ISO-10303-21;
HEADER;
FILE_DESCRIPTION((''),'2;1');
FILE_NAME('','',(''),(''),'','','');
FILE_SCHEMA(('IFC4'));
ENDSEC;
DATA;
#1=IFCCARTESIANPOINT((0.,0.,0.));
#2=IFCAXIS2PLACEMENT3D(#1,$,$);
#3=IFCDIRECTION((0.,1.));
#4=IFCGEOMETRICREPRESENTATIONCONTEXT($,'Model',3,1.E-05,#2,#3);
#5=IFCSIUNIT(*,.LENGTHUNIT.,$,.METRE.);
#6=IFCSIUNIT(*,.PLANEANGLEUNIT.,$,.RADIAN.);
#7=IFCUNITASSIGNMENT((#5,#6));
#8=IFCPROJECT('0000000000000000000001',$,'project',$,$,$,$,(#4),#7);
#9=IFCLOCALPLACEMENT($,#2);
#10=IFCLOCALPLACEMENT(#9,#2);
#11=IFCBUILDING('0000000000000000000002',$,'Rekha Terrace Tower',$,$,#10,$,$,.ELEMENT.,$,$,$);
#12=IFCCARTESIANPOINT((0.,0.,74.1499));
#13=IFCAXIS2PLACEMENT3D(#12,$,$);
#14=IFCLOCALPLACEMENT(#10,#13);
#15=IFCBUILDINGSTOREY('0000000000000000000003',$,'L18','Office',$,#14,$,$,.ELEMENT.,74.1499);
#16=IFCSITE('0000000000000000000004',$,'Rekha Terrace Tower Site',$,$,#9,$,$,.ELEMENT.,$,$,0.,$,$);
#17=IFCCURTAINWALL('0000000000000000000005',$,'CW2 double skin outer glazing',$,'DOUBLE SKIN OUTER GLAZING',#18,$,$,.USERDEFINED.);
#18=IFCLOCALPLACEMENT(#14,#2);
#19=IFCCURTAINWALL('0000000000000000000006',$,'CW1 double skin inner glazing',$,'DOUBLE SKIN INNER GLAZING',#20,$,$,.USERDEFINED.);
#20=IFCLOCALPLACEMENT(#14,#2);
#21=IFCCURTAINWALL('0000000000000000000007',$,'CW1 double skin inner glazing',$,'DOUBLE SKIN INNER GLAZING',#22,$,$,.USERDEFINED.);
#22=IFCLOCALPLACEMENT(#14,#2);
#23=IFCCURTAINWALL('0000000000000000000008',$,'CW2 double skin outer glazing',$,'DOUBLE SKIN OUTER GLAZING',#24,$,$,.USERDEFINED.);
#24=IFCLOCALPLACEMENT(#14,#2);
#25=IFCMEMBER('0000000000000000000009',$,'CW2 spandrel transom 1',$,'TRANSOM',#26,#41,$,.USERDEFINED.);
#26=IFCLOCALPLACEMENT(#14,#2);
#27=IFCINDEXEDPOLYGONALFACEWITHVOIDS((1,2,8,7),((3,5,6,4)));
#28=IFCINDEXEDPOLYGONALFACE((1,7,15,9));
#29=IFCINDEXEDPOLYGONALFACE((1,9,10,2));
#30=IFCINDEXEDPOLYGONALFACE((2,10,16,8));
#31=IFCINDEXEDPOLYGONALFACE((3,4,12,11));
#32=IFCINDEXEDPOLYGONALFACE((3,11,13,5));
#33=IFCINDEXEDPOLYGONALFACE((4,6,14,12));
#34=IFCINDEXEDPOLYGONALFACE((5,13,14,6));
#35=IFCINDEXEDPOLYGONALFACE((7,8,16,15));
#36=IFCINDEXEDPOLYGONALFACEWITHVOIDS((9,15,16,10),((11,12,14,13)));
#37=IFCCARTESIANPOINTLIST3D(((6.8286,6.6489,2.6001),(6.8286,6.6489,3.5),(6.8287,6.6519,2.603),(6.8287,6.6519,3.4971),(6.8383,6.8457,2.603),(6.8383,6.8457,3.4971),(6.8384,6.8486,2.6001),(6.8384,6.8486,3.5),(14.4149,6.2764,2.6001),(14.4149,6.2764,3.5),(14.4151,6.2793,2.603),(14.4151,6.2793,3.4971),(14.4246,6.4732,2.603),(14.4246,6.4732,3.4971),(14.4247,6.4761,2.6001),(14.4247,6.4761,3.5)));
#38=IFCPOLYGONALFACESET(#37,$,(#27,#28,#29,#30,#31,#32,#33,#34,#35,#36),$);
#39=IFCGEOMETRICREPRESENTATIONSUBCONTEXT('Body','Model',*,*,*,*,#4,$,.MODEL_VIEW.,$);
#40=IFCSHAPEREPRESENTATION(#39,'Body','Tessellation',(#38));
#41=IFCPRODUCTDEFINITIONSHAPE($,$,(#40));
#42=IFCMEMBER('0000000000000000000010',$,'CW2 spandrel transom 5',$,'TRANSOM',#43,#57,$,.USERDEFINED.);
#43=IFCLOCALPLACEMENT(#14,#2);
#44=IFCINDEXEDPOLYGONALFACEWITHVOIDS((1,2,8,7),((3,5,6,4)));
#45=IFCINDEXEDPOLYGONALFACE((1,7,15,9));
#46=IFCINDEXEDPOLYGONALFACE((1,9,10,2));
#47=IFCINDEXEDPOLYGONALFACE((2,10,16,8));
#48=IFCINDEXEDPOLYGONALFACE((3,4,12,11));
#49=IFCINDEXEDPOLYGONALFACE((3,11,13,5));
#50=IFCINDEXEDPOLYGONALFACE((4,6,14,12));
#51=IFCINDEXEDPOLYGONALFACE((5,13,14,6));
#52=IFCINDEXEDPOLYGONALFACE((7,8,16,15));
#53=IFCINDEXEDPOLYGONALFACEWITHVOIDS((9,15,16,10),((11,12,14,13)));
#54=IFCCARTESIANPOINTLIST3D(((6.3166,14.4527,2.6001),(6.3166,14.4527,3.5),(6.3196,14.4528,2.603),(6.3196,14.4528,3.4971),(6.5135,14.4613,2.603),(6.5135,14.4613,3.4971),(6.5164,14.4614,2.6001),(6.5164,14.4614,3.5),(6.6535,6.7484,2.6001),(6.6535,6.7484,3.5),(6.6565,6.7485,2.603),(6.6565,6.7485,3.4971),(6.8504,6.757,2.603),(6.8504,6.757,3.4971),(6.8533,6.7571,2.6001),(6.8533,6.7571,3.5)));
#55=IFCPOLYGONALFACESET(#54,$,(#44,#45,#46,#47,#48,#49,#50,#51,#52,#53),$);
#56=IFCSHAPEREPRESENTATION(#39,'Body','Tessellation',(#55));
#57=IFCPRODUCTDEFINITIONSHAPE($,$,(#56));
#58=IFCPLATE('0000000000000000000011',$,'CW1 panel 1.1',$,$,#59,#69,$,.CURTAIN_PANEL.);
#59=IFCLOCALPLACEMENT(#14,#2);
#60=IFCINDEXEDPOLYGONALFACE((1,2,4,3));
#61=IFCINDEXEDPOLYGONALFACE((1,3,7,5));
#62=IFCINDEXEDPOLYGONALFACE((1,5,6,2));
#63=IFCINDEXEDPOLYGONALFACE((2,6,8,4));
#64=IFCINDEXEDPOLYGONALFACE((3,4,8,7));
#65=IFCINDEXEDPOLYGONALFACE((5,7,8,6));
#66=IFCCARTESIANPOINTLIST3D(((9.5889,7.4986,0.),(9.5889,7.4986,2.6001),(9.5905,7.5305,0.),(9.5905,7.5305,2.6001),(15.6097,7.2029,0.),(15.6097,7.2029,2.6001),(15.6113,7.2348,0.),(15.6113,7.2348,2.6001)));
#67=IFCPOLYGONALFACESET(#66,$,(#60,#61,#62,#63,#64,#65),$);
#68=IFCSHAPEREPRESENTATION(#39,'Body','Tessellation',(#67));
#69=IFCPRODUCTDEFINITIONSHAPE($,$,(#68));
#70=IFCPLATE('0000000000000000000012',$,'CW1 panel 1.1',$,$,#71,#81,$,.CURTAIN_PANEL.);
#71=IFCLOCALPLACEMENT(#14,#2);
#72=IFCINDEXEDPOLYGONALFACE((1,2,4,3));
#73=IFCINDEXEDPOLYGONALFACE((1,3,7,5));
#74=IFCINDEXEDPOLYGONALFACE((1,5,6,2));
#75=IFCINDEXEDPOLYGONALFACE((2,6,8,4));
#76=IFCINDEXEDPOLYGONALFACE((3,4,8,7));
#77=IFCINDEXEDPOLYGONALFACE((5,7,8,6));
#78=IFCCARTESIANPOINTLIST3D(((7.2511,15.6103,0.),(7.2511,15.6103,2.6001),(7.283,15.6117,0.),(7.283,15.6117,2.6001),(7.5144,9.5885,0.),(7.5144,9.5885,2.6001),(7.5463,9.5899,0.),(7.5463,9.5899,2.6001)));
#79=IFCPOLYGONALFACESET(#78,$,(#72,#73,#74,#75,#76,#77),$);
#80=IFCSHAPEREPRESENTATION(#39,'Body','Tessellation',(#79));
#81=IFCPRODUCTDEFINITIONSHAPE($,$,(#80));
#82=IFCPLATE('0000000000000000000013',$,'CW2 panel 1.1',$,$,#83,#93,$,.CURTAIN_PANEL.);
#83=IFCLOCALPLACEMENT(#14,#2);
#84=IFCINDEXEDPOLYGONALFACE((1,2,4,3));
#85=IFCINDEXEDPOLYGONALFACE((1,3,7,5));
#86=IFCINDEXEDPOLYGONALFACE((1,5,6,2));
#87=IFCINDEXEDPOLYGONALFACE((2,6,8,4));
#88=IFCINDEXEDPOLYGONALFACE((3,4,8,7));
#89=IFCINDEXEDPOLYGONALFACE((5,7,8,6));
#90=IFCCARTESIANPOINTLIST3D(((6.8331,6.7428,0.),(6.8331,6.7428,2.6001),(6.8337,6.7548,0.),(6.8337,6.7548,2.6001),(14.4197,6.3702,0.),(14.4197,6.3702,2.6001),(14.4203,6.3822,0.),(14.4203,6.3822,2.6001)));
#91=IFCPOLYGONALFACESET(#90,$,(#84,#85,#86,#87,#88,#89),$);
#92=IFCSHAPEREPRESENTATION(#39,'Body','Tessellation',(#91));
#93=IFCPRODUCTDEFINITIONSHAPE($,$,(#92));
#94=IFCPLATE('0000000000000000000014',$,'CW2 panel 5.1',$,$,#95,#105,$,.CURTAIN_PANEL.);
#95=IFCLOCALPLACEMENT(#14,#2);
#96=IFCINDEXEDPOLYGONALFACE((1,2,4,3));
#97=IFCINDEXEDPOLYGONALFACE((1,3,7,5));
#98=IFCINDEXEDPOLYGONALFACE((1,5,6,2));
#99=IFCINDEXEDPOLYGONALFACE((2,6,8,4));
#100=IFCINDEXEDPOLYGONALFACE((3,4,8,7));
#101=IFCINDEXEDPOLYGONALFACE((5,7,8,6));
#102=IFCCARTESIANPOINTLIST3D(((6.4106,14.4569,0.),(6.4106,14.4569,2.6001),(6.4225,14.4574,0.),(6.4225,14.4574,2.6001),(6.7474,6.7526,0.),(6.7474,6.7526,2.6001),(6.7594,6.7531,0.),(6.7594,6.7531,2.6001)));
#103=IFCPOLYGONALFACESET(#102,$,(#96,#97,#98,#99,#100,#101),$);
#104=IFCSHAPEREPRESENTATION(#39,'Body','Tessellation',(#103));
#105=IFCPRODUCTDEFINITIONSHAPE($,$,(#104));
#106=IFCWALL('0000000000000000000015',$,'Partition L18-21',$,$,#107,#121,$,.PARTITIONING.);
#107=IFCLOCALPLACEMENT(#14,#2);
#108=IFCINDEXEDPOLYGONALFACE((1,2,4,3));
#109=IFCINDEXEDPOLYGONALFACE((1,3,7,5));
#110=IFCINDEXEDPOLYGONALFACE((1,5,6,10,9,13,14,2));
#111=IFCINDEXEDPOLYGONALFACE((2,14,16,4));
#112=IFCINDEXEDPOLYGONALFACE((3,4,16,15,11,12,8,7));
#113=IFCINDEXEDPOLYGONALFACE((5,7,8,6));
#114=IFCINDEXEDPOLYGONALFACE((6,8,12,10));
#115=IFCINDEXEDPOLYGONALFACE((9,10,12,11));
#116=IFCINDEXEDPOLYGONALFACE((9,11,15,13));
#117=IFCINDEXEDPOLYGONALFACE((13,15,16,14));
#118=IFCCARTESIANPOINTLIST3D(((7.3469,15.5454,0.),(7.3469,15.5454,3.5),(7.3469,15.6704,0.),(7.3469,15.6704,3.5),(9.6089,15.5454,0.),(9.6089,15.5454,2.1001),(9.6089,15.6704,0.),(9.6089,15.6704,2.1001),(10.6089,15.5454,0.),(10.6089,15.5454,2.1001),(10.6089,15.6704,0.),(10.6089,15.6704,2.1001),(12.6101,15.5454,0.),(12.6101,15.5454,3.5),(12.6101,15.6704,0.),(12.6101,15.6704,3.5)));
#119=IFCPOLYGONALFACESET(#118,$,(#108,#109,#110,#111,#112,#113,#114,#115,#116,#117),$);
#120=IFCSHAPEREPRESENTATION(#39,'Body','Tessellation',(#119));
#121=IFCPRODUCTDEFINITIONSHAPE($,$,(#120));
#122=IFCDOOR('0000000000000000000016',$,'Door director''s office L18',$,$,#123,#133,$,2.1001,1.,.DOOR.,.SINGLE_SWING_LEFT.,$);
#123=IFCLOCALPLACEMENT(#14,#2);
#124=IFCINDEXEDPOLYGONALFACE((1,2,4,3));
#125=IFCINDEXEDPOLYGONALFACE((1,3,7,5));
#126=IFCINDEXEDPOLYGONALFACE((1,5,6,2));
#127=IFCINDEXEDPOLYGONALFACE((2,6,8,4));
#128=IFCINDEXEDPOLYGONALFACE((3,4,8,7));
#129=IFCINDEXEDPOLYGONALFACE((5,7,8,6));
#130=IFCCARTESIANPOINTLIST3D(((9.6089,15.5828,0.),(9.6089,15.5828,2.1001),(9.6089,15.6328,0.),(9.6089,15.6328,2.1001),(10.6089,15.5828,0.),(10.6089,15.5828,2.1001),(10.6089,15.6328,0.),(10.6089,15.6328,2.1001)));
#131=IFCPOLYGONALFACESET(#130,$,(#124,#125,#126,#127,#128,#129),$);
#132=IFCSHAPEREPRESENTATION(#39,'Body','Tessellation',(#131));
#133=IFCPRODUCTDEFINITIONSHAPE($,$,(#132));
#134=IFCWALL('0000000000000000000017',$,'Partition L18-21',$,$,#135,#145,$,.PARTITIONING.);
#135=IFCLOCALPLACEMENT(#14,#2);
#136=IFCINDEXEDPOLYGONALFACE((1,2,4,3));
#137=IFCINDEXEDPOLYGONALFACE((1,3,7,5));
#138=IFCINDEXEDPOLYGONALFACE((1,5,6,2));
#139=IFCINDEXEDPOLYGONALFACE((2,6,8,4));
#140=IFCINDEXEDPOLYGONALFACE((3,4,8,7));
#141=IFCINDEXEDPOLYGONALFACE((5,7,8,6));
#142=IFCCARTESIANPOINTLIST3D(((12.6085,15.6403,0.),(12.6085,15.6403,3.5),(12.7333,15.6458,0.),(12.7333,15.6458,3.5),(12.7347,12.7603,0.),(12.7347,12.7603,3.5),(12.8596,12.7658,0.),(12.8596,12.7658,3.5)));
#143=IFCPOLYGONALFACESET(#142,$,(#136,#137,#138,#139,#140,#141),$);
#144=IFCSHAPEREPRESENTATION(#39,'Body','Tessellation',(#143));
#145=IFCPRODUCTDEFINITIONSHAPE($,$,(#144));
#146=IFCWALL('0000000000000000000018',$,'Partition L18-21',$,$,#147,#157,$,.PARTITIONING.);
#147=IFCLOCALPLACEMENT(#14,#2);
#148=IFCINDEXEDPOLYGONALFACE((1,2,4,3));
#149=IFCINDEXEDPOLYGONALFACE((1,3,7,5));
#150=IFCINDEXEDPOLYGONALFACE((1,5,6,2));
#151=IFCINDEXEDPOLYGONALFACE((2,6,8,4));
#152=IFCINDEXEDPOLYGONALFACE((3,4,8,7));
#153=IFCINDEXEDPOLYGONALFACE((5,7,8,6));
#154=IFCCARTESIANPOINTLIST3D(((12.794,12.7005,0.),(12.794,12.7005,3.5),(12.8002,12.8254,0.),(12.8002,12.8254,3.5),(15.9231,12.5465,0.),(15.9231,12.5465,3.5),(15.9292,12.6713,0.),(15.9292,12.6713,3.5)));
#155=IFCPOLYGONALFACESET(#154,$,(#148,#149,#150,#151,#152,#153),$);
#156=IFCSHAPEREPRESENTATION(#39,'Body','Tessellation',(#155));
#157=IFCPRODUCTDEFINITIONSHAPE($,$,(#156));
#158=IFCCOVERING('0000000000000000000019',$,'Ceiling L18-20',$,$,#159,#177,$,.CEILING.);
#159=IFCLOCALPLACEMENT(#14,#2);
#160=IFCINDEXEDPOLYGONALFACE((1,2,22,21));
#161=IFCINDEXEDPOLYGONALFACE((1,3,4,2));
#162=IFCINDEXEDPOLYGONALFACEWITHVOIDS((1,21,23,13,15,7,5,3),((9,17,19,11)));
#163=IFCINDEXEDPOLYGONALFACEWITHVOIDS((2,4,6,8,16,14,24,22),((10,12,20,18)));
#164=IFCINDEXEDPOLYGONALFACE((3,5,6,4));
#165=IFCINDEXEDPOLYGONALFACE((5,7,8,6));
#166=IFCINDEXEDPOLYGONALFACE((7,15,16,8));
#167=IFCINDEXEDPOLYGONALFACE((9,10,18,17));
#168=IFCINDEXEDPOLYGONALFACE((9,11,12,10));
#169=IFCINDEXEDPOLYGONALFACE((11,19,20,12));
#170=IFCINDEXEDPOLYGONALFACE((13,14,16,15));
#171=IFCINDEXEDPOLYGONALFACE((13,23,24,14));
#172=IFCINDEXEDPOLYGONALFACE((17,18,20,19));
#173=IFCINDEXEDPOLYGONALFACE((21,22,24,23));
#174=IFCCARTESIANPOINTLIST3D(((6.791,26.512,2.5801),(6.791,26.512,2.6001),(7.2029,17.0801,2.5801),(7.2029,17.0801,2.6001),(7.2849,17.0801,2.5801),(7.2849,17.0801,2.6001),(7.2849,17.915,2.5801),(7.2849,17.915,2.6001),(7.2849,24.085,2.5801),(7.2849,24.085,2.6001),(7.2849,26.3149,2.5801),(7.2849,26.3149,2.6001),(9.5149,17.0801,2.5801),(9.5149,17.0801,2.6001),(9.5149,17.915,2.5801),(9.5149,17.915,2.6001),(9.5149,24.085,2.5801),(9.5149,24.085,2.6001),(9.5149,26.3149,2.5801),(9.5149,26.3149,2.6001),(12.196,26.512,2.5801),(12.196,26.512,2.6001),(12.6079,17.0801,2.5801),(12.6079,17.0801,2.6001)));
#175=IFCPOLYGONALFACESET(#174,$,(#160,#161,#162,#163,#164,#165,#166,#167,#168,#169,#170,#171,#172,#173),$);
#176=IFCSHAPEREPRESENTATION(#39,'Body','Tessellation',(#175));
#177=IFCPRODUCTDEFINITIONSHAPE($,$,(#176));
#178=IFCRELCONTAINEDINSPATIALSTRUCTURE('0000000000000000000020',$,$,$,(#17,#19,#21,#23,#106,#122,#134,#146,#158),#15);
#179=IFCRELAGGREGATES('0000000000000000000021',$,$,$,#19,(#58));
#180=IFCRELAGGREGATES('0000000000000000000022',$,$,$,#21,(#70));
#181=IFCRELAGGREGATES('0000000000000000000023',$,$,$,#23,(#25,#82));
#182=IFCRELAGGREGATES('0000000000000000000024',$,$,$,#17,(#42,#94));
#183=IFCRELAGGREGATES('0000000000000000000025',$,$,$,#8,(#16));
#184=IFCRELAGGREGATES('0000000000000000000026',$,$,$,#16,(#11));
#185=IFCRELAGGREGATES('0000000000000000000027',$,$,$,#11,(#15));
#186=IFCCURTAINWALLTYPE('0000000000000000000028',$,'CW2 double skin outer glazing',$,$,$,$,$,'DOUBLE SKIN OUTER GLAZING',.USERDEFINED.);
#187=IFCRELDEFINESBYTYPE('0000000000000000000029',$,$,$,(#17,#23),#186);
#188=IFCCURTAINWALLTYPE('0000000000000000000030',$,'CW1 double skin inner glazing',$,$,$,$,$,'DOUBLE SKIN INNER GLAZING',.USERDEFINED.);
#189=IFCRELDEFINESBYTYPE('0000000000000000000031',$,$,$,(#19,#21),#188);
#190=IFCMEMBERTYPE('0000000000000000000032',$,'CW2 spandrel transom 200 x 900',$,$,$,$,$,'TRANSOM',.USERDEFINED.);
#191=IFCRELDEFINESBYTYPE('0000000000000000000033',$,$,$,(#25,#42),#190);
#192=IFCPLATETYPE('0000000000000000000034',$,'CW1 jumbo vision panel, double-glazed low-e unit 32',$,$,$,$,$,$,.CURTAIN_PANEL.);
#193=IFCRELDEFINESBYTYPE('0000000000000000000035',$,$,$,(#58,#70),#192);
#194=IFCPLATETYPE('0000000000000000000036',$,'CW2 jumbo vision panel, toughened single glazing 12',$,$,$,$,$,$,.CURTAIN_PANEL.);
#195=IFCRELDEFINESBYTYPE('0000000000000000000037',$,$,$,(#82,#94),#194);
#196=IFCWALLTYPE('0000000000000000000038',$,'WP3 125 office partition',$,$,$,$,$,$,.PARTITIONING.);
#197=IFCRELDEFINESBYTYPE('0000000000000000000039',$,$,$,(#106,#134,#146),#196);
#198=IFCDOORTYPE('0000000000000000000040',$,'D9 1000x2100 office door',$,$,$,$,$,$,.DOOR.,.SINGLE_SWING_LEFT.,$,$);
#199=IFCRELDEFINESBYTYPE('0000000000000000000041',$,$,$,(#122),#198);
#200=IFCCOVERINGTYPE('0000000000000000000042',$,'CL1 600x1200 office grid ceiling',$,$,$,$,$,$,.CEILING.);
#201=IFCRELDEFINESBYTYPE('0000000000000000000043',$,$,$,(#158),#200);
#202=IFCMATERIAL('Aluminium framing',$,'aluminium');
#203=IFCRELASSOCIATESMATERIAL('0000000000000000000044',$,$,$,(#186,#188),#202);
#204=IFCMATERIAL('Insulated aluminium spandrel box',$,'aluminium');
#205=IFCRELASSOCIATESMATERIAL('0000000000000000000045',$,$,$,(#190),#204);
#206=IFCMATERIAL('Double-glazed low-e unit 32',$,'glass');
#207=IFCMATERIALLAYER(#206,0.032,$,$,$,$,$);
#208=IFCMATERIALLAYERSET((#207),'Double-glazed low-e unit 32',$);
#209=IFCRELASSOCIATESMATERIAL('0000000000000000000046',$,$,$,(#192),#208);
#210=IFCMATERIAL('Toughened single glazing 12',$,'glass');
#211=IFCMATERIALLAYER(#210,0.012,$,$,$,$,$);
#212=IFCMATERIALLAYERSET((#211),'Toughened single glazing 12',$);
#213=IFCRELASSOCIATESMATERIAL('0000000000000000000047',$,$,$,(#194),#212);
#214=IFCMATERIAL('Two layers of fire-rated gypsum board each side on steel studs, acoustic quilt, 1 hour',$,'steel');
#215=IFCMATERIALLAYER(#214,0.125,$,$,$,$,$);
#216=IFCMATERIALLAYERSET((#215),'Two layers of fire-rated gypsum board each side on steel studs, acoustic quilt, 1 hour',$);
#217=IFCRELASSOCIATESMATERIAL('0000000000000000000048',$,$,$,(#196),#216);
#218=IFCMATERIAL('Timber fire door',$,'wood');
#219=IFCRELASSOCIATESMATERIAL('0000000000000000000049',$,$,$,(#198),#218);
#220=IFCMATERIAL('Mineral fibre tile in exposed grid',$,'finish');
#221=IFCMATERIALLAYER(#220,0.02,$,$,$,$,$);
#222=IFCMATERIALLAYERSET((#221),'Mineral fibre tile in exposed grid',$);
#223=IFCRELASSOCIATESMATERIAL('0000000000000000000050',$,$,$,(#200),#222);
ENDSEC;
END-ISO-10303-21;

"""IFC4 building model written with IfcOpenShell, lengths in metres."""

from ifc_helpers import new_model, si_unit, direction, frame, frame_2d, origin, origin_2d, place, context, subcontext, project, spatial, polyline, rectangle, hollow_rectangle, outline, extrude, material, layer, layer_set, material_profile, profile_set, type_object, element, fill, aggregate, save


model = new_model("IFC4")

# Units and contexts
model_context = context("Model", 3, precision=1e-05, world=origin(), true_north=direction((0.0, 1.0)))
body_context = subcontext(model_context, "Body", "Model", "MODEL_VIEW")
ifc_project = project(units=[si_unit("LENGTHUNIT", "METRE"), si_unit("PLANEANGLEUNIT", "RADIAN")], contexts=[model_context])

# Site, building, storey
site_placement = place(None, origin())
site = spatial("IfcSite", under=ifc_project, at=site_placement, Name="Rekha Terrace Tower Site", CompositionType="ELEMENT", RefElevation=0.0)
building_placement = place(site_placement, origin())
building = spatial("IfcBuilding", under=site, at=building_placement, Name="Rekha Terrace Tower", CompositionType="ELEMENT")
storey_placement = place(building_placement, frame((0.0, 0.0, 74.1499)))
storey = spatial("IfcBuildingStorey", under=building, at=storey_placement, Name="L18", Description="Office", CompositionType="ELEMENT", Elevation=74.1499)

# Curtain walls
ifc_material_1 = material(Name="Aluminium framing", Category="aluminium")
curtain_wall_type_1 = type_object("IfcCurtainWallType", Name="CW2 double skin outer glazing", ElementType="DOUBLE SKIN OUTER GLAZING", PredefinedType="USERDEFINED", material=ifc_material_1)
curtain_wall_1_placement = place(storey_placement, origin())
curtain_wall_1 = element("IfcCurtainWall", 1, at=curtain_wall_1_placement, inside=storey, type_object=curtain_wall_type_1, Name="CW2 double skin outer glazing", ObjectType="DOUBLE SKIN OUTER GLAZING", PredefinedType="USERDEFINED")
curtain_wall_type_2 = type_object("IfcCurtainWallType", Name="CW1 double skin inner glazing", ElementType="DOUBLE SKIN INNER GLAZING", PredefinedType="USERDEFINED", material=ifc_material_1)
curtain_wall_2_placement = place(storey_placement, origin())
curtain_wall_2 = element("IfcCurtainWall", 2, at=curtain_wall_2_placement, inside=storey, type_object=curtain_wall_type_2, Name="CW1 double skin inner glazing", ObjectType="DOUBLE SKIN INNER GLAZING", PredefinedType="USERDEFINED")

# Curtain wall
curtain_wall_3_placement = place(storey_placement, origin())
curtain_wall_3 = element("IfcCurtainWall", 3, at=curtain_wall_3_placement, inside=storey, type_object=curtain_wall_type_2, Name="CW1 double skin inner glazing", ObjectType="DOUBLE SKIN INNER GLAZING", PredefinedType="USERDEFINED")

# Shared definitions
ifc_material_2 = material(Name="Insulated aluminium spandrel box", Category="aluminium")

# Curtain wall
curtain_wall_4_placement = place(storey_placement, origin())
curtain_wall_4 = element("IfcCurtainWall", 4, at=curtain_wall_4_placement, inside=storey, type_object=curtain_wall_type_1, Name="CW2 double skin outer glazing", ObjectType="DOUBLE SKIN OUTER GLAZING", PredefinedType="USERDEFINED")

# Members
ifc_material_profile_1 = material_profile(ifc_material_2, hollow_rectangle(XDim=0.2, YDim=0.8999, WallThickness=0.0029, at=origin_2d()), Name="AL SPANDREL BOX 200x900")
ifc_profile_set_1 = profile_set([ifc_material_profile_1], Name="Insulated aluminium spandrel box")
member_type_1 = type_object("IfcMemberType", Name="CW2 spandrel transom 200 x 900", ElementType="TRANSOM", PredefinedType="USERDEFINED", material=ifc_profile_set_1)
member_1_placement = place(storey_placement, frame((6.8335, 6.7488, 3.05), z_axis=(0.998796, -0.049049, 0.0), x_axis=(0.049049, 0.998796, 0.0)))
member_1 = element("IfcMember", 5, at=member_1_placement, type_object=member_type_1, Name="CW2 spandrel transom 1", ObjectType="TRANSOM", PredefinedType="USERDEFINED", context=body_context, shape_type="SweptSolid", body=[
    extrude(hollow_rectangle(XDim=0.2, YDim=0.8999, WallThickness=0.0029, at=origin_2d()), origin(), (0.0, 0.0, 1.0), 7.5955),
])
member_2_placement = place(storey_placement, frame((6.4165, 14.457, 3.05), z_axis=(0.043689, -0.999045, 0.0), x_axis=(0.999045, 0.043689, 0.0)))
member_2 = element("IfcMember", 6, at=member_2_placement, type_object=member_type_1, Name="CW2 spandrel transom 5", ObjectType="TRANSOM", PredefinedType="USERDEFINED", context=body_context, shape_type="SweptSolid", body=[
    extrude(hollow_rectangle(XDim=0.2, YDim=0.8999, WallThickness=0.0029, at=origin_2d()), origin(), (0.0, 0.0, 1.0), 7.7117),
])

# Plates
ifc_material_3 = material(Name="Double-glazed low-e unit 32", Category="glass")
ifc_layer_1 = layer(ifc_material_3, 0.032)
ifc_layer_set_1 = layer_set([ifc_layer_1], Name="Double-glazed low-e unit 32")
plate_type_1 = type_object("IfcPlateType", Name="CW1 jumbo vision panel, double-glazed low-e unit 32", PredefinedType="CURTAIN_PANEL", material=ifc_layer_set_1)
plate_1_placement = place(storey_placement, frame((12.6001, 7.3667, 0.0), z_axis=(0.0, 0.0, 1.0), x_axis=(0.998796, -0.049052, 0.0)))
plate_1 = element("IfcPlate", 7, at=plate_1_placement, type_object=plate_type_1, Name="CW1 panel 1.1", PredefinedType="CURTAIN_PANEL", context=body_context, shape_type="SweptSolid", body=[
    extrude(rectangle(XDim=6.0281, YDim=0.032, at=origin_2d()), origin(), (0.0, 0.0, 1.0), 2.6001),
])
aggregate(curtain_wall_2, [plate_1])
plate_2_placement = place(storey_placement, frame((7.3987, 12.6001, 0.0), z_axis=(0.0, 0.0, 1.0), x_axis=(0.043683, -0.999045, 0.0)))
plate_2 = element("IfcPlate", 8, at=plate_2_placement, type_object=plate_type_1, Name="CW1 panel 1.1", PredefinedType="CURTAIN_PANEL", context=body_context, shape_type="SweptSolid", body=[
    extrude(rectangle(XDim=6.0276, YDim=0.032, at=origin_2d()), origin(), (0.0, 0.0, 1.0), 2.6001),
])
aggregate(curtain_wall_3, [plate_2])
ifc_material_4 = material(Name="Toughened single glazing 12", Category="glass")
ifc_layer_2 = layer(ifc_material_4, 0.012)
ifc_layer_set_2 = layer_set([ifc_layer_2], Name="Toughened single glazing 12")
plate_type_2 = type_object("IfcPlateType", Name="CW2 jumbo vision panel, toughened single glazing 12", PredefinedType="CURTAIN_PANEL", material=ifc_layer_set_2)
plate_3_placement = place(storey_placement, frame((10.6267, 6.5625, 0.0), z_axis=(0.0, 0.0, 1.0), x_axis=(0.998796, -0.049052, 0.0)))
plate_3 = element("IfcPlate", 9, at=plate_3_placement, type_object=plate_type_2, Name="CW2 panel 1.1", PredefinedType="CURTAIN_PANEL", context=body_context, shape_type="SweptSolid", body=[
    extrude(rectangle(XDim=7.5957, YDim=0.012, at=origin_2d()), origin(), (0.0, 0.0, 1.0), 2.6001),
])
aggregate(curtain_wall_4, [member_1, plate_3])
plate_4_placement = place(storey_placement, frame((6.585, 10.605, 0.0), z_axis=(0.0, 0.0, 1.0), x_axis=(0.043683, -0.999045, 0.0)))
plate_4 = element("IfcPlate", 10, at=plate_4_placement, type_object=plate_type_2, Name="CW2 panel 5.1", PredefinedType="CURTAIN_PANEL", context=body_context, shape_type="SweptSolid", body=[
    extrude(rectangle(XDim=7.7117, YDim=0.012, at=origin_2d()), origin(), (0.0, 0.0, 1.0), 2.6001),
])
aggregate(curtain_wall_1, [member_2, plate_4])

# Wall, opening, door
ifc_material_5 = material(Name="Two layers of fire-rated gypsum board each side on steel studs, acoustic quilt, 1 hour", Category="steel")
ifc_layer_3 = layer(ifc_material_5, 0.125)
ifc_layer_set_3 = layer_set([ifc_layer_3], Name="Two layers of fire-rated gypsum board each side on steel studs, acoustic quilt, 1 hour")
wall_type = type_object("IfcWallType", Name="WP3 125 office partition", PredefinedType="PARTITIONING", material=ifc_layer_set_3)
wall_1_placement = place(storey_placement, frame((7.3469, 15.6079, 0.0), z_axis=(0.0, 0.0, 1.0), x_axis=(1.0, 0.0, 0.0)))
wall_1 = element("IfcWall", 11, at=wall_1_placement, inside=storey, type_object=wall_type, Name="Partition L18-21", PredefinedType="PARTITIONING", context=body_context, shape_type="SweptSolid", body=[
    extrude(rectangle(XDim=5.2632, YDim=0.125, at=frame_2d((2.6316, 0.0))), origin(), (0.0, 0.0, 1.0), 3.5),
])
opening_placement = place(wall_1_placement, frame((2.262, 0.0, 0.0)))
opening = element("IfcOpeningElement", 12, at=opening_placement, cuts=wall_1, PredefinedType="OPENING", context=body_context, shape_type="SweptSolid", body=[
    extrude(rectangle(XDim=1.0, YDim=2.1001, at=frame_2d((0.5, 1.05))), frame((0.0, 0.0725, 0.0), z_axis=(0.0, -1.0, 0.0), x_axis=(1.0, 0.0, 0.0)), (0.0, 0.0, 1.0), 0.145),
])
ifc_material_6 = material(Name="Timber fire door", Category="wood")
door_type = type_object("IfcDoorType", Name="D9 1000x2100 office door", OperationType="SINGLE_SWING_LEFT", PredefinedType="DOOR", material=ifc_material_6)
door_placement = place(opening_placement, origin())
door = element("IfcDoor", 13, at=door_placement, inside=storey, type_object=door_type, Name="Door director's office L18", OperationType="SINGLE_SWING_LEFT", OverallHeight=2.1001, OverallWidth=1.0, PredefinedType="DOOR", context=body_context, shape_type="SweptSolid", body=[
    extrude(rectangle(XDim=1.0, YDim=2.1001, at=frame_2d((0.5, 1.05))), frame((0.0, 0.0249, 0.0), z_axis=(0.0, -1.0, 0.0), x_axis=(1.0, 0.0, 0.0)), (0.0, 0.0, 1.0), 0.05),
])
fill(opening, door)

# Walls
wall_2_placement = place(storey_placement, frame((12.6709, 15.6431, 0.0), z_axis=(0.0, 0.0, 1.0), x_axis=(0.043783, -0.999041, 0.0)))
element("IfcWall", 14, at=wall_2_placement, inside=storey, type_object=wall_type, Name="Partition L18-21", PredefinedType="PARTITIONING", context=body_context, shape_type="SweptSolid", body=[
    extrude(rectangle(XDim=2.8828, YDim=0.125, at=frame_2d((1.4414, 0.0))), origin(), (0.0, 0.0, 1.0), 3.5),
])
wall_3_placement = place(storey_placement, frame((12.7971, 12.7629, 0.0), z_axis=(0.0, 0.0, 1.0), x_axis=(0.99879, -0.049176, 0.0)))
element("IfcWall", 15, at=wall_3_placement, inside=storey, type_object=wall_type, Name="Partition L18-21", PredefinedType="PARTITIONING", context=body_context, shape_type="SweptSolid", body=[
    extrude(rectangle(XDim=3.1328, YDim=0.125, at=frame_2d((1.5664, 0.0))), origin(), (0.0, 0.0, 1.0), 3.5),
])

# Covering
ifc_material_7 = material(Name="Mineral fibre tile in exposed grid", Category="finish")
ifc_layer_4 = layer(ifc_material_7, 0.02)
ifc_layer_set_4 = layer_set([ifc_layer_4], Name="Mineral fibre tile in exposed grid")
covering_type_1 = type_object("IfcCoveringType", Name="CL1 600x1200 office grid ceiling", PredefinedType="CEILING", material=ifc_layer_set_4)
covering_1_placement = place(storey_placement, frame((0.0, 0.0, 2.5801)))
element("IfcCovering", 16, at=covering_1_placement, inside=storey, type_object=covering_type_1, Name="Ceiling L18-20", PredefinedType="CEILING", context=body_context, shape_type="SweptSolid", body=[
    extrude(outline(polyline([(9.5149, 17.0801), (12.6079, 17.0801), (12.196, 26.512), (6.791, 26.512), (7.2029, 17.0801), (7.2849, 17.0801), (7.2849, 17.915), (9.5149, 17.915), (9.5149, 17.0801)]), holes=[polyline([(9.5149, 24.085), (7.2849, 24.085), (7.2849, 26.3149), (9.5149, 26.3149), (9.5149, 24.085)])]), origin(), (0.0, 0.0, 1.0), 0.02),
])

save(model, "model.ifc")
